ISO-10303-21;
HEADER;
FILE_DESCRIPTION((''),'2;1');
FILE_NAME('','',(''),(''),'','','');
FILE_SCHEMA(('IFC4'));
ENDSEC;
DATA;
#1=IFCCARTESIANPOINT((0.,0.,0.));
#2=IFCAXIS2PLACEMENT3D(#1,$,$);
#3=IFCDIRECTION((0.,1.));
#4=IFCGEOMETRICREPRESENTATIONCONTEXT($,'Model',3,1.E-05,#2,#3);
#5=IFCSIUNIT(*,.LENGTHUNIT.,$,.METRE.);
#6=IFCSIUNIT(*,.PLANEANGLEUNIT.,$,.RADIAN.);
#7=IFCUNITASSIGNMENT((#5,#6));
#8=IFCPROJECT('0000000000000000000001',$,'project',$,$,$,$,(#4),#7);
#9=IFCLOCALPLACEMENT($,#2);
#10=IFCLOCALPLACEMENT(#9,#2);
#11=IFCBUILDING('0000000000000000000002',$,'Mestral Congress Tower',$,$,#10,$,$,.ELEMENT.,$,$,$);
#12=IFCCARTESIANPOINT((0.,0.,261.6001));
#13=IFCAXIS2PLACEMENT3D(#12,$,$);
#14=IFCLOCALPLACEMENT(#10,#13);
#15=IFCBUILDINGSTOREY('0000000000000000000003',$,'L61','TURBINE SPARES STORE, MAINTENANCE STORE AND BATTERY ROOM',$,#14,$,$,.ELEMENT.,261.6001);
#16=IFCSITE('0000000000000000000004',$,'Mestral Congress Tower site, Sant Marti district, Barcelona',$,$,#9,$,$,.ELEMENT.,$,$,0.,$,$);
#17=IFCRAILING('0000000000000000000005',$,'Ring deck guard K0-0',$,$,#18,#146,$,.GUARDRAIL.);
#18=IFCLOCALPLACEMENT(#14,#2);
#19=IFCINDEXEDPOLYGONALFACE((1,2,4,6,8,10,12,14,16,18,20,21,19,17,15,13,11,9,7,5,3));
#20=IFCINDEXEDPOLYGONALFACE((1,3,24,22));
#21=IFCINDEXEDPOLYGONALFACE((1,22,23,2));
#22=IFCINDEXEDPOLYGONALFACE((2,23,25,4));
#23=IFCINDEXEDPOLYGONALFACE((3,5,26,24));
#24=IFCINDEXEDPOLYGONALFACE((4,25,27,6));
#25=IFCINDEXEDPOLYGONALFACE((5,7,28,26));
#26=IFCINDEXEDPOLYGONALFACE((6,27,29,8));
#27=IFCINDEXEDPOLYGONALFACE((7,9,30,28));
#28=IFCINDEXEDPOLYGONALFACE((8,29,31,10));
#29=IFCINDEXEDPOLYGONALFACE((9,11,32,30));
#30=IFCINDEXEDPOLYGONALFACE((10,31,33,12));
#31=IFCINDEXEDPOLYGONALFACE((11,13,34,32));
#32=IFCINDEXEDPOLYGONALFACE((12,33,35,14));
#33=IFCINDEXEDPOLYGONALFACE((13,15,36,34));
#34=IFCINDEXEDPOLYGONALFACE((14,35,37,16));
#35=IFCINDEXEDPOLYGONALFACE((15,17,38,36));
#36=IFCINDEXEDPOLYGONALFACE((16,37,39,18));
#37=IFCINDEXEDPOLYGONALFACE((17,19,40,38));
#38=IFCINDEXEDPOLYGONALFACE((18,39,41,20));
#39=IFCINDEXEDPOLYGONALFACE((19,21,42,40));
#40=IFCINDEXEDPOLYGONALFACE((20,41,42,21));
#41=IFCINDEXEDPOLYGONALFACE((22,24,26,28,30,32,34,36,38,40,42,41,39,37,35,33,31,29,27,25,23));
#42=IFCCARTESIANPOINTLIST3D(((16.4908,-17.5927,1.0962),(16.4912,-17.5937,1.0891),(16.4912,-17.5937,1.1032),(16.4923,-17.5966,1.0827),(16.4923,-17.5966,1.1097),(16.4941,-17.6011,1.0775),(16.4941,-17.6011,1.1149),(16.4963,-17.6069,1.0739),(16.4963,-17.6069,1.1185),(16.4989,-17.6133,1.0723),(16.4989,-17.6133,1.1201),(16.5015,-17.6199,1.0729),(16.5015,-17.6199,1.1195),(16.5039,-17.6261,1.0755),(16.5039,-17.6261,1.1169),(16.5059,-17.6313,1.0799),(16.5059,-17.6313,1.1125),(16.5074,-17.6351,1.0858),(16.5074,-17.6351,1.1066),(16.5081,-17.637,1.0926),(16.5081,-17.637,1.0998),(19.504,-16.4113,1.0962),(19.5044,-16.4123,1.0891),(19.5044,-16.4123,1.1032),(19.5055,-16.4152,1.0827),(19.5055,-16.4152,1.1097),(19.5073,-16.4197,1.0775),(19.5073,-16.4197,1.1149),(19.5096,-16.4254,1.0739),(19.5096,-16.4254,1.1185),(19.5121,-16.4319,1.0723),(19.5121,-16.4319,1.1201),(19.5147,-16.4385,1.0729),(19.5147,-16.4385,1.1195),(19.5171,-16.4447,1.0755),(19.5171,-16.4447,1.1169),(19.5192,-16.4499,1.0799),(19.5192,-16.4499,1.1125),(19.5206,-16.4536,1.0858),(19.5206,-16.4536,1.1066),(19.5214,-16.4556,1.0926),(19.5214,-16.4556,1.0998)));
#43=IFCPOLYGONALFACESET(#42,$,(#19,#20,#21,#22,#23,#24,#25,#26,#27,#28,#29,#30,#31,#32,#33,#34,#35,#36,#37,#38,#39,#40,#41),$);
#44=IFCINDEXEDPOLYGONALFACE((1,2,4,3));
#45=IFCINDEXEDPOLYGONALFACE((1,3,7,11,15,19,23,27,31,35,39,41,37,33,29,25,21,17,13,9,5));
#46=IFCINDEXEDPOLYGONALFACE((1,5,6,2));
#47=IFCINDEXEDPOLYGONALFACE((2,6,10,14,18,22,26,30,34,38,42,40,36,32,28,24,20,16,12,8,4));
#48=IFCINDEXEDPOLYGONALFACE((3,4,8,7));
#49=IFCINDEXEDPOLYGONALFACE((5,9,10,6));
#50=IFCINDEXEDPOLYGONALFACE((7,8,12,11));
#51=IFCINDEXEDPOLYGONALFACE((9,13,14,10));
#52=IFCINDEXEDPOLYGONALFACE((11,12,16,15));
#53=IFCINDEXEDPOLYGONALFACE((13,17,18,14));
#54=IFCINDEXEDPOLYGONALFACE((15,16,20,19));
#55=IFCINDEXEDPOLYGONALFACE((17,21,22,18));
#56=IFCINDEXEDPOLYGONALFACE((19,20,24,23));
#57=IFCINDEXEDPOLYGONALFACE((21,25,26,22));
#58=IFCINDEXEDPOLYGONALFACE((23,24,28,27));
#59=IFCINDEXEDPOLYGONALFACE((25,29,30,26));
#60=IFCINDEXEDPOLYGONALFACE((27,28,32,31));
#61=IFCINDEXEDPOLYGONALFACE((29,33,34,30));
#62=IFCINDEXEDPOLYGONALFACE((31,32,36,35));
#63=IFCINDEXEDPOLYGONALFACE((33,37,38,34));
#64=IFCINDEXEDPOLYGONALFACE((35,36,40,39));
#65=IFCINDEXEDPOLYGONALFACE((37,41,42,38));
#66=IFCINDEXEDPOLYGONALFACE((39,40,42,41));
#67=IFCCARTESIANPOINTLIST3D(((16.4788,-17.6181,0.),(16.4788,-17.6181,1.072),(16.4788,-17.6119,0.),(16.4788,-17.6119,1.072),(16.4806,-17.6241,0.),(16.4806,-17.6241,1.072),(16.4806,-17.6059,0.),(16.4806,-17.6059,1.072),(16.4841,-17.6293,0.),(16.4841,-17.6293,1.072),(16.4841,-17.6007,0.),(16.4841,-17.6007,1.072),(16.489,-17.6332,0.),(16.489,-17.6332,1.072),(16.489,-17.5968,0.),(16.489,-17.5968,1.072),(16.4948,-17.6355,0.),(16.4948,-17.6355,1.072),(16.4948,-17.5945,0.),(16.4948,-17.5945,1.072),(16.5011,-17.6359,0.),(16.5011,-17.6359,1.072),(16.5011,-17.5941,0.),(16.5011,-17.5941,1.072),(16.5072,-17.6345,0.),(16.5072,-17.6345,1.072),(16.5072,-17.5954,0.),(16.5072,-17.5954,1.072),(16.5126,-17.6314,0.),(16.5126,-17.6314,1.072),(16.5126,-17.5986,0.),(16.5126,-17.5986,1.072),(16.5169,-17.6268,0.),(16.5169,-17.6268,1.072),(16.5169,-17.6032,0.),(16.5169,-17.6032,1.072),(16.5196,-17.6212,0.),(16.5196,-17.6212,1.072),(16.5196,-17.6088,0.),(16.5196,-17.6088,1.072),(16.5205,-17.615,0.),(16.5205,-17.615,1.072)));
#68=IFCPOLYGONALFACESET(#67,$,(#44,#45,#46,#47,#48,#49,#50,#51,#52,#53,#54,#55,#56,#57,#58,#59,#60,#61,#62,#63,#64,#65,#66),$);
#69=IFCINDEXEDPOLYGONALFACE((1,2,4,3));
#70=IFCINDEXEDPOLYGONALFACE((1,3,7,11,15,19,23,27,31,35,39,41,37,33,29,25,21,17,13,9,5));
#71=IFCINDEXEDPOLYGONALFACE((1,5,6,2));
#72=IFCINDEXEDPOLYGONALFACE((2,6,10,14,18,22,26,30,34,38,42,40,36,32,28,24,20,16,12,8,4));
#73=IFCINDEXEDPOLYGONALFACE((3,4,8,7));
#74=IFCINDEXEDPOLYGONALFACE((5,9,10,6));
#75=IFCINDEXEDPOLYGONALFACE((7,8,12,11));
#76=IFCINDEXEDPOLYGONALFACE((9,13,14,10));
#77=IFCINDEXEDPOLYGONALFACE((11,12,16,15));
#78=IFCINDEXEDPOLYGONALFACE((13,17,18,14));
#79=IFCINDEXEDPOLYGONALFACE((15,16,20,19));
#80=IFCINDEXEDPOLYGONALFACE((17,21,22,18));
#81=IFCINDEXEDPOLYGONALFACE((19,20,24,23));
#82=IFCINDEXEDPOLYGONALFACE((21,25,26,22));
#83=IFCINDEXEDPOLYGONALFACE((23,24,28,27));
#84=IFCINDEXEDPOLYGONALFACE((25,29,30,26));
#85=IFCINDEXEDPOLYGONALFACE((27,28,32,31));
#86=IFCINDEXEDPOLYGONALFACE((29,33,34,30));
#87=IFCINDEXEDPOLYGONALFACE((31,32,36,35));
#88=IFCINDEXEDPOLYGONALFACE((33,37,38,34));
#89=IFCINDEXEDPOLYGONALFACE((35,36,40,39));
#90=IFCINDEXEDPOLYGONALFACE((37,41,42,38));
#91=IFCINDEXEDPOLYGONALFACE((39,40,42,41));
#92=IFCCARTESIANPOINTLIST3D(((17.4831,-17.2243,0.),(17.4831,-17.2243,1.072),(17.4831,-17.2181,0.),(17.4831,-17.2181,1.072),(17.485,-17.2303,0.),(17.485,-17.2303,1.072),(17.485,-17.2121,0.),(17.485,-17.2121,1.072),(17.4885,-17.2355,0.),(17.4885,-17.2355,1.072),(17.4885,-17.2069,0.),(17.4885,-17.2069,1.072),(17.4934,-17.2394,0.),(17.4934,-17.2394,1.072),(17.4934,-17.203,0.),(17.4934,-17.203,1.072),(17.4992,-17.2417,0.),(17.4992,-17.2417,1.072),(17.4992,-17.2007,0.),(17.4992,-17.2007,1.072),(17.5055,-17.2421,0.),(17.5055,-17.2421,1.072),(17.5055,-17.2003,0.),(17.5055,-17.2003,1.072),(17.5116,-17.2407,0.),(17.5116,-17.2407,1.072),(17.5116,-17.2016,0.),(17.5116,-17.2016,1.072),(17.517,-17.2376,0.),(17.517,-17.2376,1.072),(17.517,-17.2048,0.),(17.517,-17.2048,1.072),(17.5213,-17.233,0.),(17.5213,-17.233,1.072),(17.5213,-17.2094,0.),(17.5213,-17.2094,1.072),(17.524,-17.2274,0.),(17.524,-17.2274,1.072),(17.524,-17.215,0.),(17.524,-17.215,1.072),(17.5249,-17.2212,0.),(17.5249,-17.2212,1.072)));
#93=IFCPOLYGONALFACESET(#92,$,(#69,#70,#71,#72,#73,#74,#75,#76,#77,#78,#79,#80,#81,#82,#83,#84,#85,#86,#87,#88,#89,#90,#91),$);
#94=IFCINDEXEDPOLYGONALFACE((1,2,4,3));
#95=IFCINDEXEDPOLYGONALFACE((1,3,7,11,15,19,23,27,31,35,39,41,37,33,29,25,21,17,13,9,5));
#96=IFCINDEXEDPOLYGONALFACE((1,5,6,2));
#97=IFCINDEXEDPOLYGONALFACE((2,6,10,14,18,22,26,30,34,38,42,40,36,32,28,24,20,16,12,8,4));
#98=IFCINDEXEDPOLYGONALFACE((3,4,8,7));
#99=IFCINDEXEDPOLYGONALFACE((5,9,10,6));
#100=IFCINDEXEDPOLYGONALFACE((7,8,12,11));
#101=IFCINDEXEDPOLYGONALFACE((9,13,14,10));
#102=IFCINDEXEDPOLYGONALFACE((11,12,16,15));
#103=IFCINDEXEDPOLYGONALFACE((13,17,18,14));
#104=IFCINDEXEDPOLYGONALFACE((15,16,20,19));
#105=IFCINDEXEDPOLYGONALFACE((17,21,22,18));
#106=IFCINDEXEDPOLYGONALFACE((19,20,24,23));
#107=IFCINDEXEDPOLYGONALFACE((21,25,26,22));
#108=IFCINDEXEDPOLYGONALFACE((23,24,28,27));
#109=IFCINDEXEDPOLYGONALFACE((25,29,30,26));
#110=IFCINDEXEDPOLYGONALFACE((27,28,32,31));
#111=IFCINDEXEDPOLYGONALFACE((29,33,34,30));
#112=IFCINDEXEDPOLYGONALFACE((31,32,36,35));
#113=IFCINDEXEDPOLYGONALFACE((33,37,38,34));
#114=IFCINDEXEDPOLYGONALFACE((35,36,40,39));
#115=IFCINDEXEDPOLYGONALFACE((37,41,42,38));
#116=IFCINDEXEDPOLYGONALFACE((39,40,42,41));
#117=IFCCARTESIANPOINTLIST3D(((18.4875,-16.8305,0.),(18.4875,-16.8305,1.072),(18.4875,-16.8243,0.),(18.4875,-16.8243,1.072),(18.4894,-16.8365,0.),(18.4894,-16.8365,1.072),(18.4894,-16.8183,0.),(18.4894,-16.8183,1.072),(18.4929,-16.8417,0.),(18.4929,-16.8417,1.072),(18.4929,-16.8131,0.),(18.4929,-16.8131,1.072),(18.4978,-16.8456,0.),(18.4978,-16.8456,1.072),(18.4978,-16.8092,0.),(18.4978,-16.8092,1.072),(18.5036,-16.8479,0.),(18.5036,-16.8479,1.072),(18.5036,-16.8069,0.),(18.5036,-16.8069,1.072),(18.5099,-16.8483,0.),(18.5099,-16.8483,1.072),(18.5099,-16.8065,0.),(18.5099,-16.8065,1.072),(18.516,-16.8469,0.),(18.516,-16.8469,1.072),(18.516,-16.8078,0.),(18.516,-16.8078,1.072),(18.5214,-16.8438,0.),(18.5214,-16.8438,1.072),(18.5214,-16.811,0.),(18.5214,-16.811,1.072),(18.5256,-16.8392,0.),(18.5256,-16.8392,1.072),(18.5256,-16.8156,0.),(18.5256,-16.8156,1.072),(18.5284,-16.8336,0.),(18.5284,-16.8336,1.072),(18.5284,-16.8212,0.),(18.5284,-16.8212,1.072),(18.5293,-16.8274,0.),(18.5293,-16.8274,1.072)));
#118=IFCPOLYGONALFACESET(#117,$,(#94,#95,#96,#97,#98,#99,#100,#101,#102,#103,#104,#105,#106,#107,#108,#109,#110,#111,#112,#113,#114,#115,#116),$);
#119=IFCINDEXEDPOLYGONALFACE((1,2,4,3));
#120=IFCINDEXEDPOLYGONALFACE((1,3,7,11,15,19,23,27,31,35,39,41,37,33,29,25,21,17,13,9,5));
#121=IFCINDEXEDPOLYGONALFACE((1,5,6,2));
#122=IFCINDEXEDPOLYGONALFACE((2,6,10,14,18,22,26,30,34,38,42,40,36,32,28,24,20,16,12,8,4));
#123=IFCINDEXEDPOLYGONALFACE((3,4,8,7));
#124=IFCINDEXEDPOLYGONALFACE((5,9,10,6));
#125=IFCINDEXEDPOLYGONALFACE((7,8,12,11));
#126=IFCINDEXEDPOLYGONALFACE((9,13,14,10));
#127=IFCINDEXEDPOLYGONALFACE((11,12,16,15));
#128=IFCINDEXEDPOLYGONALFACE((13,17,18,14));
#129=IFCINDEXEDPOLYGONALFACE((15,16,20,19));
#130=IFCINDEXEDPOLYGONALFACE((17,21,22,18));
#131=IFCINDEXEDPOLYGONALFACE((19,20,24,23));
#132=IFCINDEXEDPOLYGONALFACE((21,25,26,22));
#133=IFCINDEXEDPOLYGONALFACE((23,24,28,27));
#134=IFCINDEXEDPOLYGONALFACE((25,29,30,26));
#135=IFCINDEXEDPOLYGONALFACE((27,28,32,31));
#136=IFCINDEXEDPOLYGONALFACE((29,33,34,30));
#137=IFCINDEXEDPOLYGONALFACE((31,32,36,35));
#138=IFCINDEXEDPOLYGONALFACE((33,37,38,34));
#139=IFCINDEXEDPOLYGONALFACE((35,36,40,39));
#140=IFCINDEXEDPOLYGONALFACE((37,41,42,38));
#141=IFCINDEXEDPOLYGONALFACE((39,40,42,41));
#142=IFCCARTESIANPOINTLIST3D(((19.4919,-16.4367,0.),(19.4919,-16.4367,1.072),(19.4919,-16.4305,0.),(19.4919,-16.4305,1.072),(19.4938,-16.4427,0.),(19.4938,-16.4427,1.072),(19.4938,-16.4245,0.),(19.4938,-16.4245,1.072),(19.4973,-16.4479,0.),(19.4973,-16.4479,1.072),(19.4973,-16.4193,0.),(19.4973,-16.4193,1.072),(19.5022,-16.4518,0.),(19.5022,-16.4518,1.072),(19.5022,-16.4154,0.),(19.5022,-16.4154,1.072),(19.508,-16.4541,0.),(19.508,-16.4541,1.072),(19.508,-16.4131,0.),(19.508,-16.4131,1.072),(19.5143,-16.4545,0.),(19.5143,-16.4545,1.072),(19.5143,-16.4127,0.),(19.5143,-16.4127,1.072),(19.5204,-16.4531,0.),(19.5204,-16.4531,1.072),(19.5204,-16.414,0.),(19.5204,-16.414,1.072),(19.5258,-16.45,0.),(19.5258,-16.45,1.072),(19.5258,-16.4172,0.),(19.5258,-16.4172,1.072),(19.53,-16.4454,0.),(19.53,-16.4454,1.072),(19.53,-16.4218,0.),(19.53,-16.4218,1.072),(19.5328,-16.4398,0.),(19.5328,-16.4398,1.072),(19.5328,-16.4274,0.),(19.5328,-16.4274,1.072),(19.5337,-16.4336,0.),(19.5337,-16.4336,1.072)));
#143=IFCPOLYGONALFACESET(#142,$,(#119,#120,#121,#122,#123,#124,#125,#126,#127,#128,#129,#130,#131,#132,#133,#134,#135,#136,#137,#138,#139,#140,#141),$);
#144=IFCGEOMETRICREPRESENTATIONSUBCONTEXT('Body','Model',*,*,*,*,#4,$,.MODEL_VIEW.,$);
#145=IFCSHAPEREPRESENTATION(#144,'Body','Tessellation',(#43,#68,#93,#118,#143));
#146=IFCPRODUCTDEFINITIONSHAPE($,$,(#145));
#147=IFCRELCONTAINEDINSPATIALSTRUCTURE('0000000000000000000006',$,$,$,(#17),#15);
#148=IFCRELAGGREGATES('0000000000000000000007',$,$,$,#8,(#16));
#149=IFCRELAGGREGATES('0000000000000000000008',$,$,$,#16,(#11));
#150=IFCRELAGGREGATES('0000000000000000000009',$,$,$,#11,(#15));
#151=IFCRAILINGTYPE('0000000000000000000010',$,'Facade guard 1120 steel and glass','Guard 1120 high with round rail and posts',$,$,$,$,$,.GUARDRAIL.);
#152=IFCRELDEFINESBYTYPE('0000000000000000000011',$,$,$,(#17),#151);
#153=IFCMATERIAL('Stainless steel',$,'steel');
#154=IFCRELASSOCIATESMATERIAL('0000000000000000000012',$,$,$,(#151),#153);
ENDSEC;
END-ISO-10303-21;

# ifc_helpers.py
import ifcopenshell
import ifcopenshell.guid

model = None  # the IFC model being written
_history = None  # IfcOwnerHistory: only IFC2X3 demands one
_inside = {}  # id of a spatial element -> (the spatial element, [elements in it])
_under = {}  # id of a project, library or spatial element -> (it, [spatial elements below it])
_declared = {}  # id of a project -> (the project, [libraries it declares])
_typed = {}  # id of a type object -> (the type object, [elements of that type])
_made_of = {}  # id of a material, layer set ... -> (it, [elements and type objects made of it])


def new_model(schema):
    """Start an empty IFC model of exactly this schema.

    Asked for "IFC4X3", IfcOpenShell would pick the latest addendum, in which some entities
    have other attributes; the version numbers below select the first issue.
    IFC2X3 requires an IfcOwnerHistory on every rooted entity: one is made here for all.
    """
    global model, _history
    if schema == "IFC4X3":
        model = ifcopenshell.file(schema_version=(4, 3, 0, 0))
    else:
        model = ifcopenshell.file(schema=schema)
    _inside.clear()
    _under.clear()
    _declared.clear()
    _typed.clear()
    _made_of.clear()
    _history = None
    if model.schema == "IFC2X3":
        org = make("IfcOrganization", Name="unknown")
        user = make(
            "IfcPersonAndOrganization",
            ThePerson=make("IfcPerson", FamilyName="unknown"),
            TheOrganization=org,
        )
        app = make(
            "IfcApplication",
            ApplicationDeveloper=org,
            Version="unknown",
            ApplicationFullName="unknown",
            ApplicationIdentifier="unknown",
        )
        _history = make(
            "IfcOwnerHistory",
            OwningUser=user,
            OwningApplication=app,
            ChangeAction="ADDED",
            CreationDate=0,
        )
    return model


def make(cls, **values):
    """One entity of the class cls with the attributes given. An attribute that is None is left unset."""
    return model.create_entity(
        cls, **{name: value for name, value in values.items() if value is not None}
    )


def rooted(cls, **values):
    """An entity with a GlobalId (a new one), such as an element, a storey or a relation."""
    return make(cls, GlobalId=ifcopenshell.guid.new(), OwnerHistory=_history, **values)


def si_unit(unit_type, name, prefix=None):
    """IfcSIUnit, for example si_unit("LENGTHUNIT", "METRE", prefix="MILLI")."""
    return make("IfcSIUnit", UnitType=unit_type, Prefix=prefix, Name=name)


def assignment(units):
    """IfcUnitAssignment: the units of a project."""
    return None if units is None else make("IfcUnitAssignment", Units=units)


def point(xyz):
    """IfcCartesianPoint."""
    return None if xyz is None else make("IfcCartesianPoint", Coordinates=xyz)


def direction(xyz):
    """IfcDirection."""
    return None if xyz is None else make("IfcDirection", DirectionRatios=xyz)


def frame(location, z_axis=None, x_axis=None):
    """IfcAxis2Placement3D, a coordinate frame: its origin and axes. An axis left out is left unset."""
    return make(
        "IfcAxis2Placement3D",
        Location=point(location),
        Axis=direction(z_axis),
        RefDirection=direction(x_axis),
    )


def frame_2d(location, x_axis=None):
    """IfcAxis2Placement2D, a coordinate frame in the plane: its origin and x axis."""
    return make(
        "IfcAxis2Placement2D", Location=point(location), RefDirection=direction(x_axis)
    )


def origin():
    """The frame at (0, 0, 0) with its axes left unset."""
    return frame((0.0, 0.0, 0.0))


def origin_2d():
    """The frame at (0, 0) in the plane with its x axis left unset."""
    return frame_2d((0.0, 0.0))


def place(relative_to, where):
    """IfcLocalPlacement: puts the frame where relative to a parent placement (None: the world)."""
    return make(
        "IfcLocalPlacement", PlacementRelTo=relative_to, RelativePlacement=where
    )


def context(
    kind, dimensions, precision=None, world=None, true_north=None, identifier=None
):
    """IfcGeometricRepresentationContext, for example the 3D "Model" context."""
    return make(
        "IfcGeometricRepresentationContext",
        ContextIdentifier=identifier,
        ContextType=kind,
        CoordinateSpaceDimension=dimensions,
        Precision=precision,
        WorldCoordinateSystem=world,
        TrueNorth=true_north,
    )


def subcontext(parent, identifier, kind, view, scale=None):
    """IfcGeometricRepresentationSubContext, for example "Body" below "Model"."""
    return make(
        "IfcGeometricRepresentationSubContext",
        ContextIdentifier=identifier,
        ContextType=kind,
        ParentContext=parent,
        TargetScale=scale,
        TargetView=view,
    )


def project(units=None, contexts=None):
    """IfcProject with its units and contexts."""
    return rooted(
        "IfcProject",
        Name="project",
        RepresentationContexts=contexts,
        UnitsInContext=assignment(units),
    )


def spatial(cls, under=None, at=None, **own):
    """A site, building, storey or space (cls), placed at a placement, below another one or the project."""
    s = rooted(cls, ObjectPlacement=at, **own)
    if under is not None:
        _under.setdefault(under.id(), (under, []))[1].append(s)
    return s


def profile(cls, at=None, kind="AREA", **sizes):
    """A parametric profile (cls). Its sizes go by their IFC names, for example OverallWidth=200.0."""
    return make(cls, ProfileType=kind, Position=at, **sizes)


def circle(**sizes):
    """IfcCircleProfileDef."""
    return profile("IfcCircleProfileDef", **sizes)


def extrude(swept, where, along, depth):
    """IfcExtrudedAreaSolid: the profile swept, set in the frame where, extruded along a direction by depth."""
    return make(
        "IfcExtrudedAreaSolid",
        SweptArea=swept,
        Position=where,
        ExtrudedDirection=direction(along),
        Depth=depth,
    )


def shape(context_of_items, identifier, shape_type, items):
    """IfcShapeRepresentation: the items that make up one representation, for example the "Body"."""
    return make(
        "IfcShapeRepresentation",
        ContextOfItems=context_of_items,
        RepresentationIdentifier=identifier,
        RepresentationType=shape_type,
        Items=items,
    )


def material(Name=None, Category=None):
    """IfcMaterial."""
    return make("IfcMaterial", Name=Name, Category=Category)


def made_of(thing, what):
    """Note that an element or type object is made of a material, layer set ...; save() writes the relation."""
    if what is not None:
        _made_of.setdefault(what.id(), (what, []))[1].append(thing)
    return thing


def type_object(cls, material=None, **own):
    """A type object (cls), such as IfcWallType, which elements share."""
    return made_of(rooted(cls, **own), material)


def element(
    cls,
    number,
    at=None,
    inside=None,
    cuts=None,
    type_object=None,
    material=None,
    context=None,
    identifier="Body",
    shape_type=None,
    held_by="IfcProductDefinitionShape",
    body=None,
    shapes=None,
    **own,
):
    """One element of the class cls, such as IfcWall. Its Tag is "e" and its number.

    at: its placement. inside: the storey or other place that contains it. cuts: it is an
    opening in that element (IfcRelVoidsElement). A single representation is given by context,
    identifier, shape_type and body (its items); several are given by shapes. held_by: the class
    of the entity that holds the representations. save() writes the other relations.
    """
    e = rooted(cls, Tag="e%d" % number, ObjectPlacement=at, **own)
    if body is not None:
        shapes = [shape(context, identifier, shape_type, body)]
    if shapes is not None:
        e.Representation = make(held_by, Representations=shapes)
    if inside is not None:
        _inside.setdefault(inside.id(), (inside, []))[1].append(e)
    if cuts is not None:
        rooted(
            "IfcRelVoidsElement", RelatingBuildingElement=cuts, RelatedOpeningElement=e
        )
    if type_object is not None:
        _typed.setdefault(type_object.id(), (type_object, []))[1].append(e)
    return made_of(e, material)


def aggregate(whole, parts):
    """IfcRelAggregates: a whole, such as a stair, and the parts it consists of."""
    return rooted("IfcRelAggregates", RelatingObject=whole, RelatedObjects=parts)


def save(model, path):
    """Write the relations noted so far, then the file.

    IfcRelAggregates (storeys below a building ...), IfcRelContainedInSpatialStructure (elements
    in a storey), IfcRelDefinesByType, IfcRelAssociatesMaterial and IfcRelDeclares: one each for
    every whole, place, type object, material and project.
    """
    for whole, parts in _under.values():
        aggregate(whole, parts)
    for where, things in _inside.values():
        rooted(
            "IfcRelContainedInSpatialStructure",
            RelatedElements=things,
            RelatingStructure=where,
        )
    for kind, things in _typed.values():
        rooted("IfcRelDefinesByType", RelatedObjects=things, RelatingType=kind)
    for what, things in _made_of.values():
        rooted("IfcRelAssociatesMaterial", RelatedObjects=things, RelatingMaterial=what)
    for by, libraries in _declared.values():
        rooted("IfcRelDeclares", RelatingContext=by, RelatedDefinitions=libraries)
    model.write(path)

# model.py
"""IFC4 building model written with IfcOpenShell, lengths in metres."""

from ifc_helpers import new_model, si_unit, direction, frame, origin, origin_2d, place, context, subcontext, project, spatial, circle, extrude, material, type_object, element, save


model = new_model("IFC4")

# Units and contexts
model_context = context("Model", 3, precision=1e-05, world=origin(), true_north=direction((0.0, 1.0)))
body_context = subcontext(model_context, "Body", "Model", "MODEL_VIEW")
ifc_project = project(units=[si_unit("LENGTHUNIT", "METRE"), si_unit("PLANEANGLEUNIT", "RADIAN")], contexts=[model_context])

# Site, building, storey
site_placement = place(None, origin())
site = spatial("IfcSite", under=ifc_project, at=site_placement, Name="Mestral Congress Tower site, Sant Marti district, Barcelona", CompositionType="ELEMENT", RefElevation=0.0)
building_placement = place(site_placement, origin())
building = spatial("IfcBuilding", under=site, at=building_placement, Name="Mestral Congress Tower", CompositionType="ELEMENT")
storey_placement = place(building_placement, frame((0.0, 0.0, 261.6001)))
storey = spatial("IfcBuildingStorey", under=building, at=storey_placement, Name="L61", Description="TURBINE SPARES STORE, MAINTENANCE STORE AND BATTERY ROOM", CompositionType="ELEMENT", Elevation=261.6001)

# Railing
ifc_material_1 = material(Name="Stainless steel", Category="steel")
railing_type = type_object("IfcRailingType", Name="Facade guard 1120 steel and glass", Description="Guard 1120 high with round rail and posts", PredefinedType="GUARDRAIL", material=ifc_material_1)
railing_1_placement = place(storey_placement, frame((16.4995, -17.615, 0.0)))
element("IfcRailing", 1, at=railing_1_placement, inside=storey, type_object=railing_type, Name="Ring deck guard K0-0", PredefinedType="GUARDRAIL", context=body_context, shape_type="SweptSolid", body=[
    extrude(circle(Radius=0.0239, at=origin_2d()), frame((0.0, 0.0, 1.0962), z_axis=(0.930999, 0.365022, 0.0), x_axis=(-0.365022, 0.930999, 0.0)), (0.0, 0.0, 1.0), 3.2366),
    extrude(circle(Radius=0.021, at=origin_2d()), origin(), (0.0, 0.0, 1.0), 1.072),
    extrude(circle(Radius=0.021, at=origin_2d()), frame((1.0044, 0.3938, 0.0)), (0.0, 0.0, 1.0), 1.072),
    extrude(circle(Radius=0.021, at=origin_2d()), frame((2.0088, 0.7876, 0.0)), (0.0, 0.0, 1.0), 1.072),
    extrude(circle(Radius=0.021, at=origin_2d()), frame((3.0132, 1.1814, 0.0)), (0.0, 0.0, 1.0), 1.072),
])

save(model, "model.ifc")
